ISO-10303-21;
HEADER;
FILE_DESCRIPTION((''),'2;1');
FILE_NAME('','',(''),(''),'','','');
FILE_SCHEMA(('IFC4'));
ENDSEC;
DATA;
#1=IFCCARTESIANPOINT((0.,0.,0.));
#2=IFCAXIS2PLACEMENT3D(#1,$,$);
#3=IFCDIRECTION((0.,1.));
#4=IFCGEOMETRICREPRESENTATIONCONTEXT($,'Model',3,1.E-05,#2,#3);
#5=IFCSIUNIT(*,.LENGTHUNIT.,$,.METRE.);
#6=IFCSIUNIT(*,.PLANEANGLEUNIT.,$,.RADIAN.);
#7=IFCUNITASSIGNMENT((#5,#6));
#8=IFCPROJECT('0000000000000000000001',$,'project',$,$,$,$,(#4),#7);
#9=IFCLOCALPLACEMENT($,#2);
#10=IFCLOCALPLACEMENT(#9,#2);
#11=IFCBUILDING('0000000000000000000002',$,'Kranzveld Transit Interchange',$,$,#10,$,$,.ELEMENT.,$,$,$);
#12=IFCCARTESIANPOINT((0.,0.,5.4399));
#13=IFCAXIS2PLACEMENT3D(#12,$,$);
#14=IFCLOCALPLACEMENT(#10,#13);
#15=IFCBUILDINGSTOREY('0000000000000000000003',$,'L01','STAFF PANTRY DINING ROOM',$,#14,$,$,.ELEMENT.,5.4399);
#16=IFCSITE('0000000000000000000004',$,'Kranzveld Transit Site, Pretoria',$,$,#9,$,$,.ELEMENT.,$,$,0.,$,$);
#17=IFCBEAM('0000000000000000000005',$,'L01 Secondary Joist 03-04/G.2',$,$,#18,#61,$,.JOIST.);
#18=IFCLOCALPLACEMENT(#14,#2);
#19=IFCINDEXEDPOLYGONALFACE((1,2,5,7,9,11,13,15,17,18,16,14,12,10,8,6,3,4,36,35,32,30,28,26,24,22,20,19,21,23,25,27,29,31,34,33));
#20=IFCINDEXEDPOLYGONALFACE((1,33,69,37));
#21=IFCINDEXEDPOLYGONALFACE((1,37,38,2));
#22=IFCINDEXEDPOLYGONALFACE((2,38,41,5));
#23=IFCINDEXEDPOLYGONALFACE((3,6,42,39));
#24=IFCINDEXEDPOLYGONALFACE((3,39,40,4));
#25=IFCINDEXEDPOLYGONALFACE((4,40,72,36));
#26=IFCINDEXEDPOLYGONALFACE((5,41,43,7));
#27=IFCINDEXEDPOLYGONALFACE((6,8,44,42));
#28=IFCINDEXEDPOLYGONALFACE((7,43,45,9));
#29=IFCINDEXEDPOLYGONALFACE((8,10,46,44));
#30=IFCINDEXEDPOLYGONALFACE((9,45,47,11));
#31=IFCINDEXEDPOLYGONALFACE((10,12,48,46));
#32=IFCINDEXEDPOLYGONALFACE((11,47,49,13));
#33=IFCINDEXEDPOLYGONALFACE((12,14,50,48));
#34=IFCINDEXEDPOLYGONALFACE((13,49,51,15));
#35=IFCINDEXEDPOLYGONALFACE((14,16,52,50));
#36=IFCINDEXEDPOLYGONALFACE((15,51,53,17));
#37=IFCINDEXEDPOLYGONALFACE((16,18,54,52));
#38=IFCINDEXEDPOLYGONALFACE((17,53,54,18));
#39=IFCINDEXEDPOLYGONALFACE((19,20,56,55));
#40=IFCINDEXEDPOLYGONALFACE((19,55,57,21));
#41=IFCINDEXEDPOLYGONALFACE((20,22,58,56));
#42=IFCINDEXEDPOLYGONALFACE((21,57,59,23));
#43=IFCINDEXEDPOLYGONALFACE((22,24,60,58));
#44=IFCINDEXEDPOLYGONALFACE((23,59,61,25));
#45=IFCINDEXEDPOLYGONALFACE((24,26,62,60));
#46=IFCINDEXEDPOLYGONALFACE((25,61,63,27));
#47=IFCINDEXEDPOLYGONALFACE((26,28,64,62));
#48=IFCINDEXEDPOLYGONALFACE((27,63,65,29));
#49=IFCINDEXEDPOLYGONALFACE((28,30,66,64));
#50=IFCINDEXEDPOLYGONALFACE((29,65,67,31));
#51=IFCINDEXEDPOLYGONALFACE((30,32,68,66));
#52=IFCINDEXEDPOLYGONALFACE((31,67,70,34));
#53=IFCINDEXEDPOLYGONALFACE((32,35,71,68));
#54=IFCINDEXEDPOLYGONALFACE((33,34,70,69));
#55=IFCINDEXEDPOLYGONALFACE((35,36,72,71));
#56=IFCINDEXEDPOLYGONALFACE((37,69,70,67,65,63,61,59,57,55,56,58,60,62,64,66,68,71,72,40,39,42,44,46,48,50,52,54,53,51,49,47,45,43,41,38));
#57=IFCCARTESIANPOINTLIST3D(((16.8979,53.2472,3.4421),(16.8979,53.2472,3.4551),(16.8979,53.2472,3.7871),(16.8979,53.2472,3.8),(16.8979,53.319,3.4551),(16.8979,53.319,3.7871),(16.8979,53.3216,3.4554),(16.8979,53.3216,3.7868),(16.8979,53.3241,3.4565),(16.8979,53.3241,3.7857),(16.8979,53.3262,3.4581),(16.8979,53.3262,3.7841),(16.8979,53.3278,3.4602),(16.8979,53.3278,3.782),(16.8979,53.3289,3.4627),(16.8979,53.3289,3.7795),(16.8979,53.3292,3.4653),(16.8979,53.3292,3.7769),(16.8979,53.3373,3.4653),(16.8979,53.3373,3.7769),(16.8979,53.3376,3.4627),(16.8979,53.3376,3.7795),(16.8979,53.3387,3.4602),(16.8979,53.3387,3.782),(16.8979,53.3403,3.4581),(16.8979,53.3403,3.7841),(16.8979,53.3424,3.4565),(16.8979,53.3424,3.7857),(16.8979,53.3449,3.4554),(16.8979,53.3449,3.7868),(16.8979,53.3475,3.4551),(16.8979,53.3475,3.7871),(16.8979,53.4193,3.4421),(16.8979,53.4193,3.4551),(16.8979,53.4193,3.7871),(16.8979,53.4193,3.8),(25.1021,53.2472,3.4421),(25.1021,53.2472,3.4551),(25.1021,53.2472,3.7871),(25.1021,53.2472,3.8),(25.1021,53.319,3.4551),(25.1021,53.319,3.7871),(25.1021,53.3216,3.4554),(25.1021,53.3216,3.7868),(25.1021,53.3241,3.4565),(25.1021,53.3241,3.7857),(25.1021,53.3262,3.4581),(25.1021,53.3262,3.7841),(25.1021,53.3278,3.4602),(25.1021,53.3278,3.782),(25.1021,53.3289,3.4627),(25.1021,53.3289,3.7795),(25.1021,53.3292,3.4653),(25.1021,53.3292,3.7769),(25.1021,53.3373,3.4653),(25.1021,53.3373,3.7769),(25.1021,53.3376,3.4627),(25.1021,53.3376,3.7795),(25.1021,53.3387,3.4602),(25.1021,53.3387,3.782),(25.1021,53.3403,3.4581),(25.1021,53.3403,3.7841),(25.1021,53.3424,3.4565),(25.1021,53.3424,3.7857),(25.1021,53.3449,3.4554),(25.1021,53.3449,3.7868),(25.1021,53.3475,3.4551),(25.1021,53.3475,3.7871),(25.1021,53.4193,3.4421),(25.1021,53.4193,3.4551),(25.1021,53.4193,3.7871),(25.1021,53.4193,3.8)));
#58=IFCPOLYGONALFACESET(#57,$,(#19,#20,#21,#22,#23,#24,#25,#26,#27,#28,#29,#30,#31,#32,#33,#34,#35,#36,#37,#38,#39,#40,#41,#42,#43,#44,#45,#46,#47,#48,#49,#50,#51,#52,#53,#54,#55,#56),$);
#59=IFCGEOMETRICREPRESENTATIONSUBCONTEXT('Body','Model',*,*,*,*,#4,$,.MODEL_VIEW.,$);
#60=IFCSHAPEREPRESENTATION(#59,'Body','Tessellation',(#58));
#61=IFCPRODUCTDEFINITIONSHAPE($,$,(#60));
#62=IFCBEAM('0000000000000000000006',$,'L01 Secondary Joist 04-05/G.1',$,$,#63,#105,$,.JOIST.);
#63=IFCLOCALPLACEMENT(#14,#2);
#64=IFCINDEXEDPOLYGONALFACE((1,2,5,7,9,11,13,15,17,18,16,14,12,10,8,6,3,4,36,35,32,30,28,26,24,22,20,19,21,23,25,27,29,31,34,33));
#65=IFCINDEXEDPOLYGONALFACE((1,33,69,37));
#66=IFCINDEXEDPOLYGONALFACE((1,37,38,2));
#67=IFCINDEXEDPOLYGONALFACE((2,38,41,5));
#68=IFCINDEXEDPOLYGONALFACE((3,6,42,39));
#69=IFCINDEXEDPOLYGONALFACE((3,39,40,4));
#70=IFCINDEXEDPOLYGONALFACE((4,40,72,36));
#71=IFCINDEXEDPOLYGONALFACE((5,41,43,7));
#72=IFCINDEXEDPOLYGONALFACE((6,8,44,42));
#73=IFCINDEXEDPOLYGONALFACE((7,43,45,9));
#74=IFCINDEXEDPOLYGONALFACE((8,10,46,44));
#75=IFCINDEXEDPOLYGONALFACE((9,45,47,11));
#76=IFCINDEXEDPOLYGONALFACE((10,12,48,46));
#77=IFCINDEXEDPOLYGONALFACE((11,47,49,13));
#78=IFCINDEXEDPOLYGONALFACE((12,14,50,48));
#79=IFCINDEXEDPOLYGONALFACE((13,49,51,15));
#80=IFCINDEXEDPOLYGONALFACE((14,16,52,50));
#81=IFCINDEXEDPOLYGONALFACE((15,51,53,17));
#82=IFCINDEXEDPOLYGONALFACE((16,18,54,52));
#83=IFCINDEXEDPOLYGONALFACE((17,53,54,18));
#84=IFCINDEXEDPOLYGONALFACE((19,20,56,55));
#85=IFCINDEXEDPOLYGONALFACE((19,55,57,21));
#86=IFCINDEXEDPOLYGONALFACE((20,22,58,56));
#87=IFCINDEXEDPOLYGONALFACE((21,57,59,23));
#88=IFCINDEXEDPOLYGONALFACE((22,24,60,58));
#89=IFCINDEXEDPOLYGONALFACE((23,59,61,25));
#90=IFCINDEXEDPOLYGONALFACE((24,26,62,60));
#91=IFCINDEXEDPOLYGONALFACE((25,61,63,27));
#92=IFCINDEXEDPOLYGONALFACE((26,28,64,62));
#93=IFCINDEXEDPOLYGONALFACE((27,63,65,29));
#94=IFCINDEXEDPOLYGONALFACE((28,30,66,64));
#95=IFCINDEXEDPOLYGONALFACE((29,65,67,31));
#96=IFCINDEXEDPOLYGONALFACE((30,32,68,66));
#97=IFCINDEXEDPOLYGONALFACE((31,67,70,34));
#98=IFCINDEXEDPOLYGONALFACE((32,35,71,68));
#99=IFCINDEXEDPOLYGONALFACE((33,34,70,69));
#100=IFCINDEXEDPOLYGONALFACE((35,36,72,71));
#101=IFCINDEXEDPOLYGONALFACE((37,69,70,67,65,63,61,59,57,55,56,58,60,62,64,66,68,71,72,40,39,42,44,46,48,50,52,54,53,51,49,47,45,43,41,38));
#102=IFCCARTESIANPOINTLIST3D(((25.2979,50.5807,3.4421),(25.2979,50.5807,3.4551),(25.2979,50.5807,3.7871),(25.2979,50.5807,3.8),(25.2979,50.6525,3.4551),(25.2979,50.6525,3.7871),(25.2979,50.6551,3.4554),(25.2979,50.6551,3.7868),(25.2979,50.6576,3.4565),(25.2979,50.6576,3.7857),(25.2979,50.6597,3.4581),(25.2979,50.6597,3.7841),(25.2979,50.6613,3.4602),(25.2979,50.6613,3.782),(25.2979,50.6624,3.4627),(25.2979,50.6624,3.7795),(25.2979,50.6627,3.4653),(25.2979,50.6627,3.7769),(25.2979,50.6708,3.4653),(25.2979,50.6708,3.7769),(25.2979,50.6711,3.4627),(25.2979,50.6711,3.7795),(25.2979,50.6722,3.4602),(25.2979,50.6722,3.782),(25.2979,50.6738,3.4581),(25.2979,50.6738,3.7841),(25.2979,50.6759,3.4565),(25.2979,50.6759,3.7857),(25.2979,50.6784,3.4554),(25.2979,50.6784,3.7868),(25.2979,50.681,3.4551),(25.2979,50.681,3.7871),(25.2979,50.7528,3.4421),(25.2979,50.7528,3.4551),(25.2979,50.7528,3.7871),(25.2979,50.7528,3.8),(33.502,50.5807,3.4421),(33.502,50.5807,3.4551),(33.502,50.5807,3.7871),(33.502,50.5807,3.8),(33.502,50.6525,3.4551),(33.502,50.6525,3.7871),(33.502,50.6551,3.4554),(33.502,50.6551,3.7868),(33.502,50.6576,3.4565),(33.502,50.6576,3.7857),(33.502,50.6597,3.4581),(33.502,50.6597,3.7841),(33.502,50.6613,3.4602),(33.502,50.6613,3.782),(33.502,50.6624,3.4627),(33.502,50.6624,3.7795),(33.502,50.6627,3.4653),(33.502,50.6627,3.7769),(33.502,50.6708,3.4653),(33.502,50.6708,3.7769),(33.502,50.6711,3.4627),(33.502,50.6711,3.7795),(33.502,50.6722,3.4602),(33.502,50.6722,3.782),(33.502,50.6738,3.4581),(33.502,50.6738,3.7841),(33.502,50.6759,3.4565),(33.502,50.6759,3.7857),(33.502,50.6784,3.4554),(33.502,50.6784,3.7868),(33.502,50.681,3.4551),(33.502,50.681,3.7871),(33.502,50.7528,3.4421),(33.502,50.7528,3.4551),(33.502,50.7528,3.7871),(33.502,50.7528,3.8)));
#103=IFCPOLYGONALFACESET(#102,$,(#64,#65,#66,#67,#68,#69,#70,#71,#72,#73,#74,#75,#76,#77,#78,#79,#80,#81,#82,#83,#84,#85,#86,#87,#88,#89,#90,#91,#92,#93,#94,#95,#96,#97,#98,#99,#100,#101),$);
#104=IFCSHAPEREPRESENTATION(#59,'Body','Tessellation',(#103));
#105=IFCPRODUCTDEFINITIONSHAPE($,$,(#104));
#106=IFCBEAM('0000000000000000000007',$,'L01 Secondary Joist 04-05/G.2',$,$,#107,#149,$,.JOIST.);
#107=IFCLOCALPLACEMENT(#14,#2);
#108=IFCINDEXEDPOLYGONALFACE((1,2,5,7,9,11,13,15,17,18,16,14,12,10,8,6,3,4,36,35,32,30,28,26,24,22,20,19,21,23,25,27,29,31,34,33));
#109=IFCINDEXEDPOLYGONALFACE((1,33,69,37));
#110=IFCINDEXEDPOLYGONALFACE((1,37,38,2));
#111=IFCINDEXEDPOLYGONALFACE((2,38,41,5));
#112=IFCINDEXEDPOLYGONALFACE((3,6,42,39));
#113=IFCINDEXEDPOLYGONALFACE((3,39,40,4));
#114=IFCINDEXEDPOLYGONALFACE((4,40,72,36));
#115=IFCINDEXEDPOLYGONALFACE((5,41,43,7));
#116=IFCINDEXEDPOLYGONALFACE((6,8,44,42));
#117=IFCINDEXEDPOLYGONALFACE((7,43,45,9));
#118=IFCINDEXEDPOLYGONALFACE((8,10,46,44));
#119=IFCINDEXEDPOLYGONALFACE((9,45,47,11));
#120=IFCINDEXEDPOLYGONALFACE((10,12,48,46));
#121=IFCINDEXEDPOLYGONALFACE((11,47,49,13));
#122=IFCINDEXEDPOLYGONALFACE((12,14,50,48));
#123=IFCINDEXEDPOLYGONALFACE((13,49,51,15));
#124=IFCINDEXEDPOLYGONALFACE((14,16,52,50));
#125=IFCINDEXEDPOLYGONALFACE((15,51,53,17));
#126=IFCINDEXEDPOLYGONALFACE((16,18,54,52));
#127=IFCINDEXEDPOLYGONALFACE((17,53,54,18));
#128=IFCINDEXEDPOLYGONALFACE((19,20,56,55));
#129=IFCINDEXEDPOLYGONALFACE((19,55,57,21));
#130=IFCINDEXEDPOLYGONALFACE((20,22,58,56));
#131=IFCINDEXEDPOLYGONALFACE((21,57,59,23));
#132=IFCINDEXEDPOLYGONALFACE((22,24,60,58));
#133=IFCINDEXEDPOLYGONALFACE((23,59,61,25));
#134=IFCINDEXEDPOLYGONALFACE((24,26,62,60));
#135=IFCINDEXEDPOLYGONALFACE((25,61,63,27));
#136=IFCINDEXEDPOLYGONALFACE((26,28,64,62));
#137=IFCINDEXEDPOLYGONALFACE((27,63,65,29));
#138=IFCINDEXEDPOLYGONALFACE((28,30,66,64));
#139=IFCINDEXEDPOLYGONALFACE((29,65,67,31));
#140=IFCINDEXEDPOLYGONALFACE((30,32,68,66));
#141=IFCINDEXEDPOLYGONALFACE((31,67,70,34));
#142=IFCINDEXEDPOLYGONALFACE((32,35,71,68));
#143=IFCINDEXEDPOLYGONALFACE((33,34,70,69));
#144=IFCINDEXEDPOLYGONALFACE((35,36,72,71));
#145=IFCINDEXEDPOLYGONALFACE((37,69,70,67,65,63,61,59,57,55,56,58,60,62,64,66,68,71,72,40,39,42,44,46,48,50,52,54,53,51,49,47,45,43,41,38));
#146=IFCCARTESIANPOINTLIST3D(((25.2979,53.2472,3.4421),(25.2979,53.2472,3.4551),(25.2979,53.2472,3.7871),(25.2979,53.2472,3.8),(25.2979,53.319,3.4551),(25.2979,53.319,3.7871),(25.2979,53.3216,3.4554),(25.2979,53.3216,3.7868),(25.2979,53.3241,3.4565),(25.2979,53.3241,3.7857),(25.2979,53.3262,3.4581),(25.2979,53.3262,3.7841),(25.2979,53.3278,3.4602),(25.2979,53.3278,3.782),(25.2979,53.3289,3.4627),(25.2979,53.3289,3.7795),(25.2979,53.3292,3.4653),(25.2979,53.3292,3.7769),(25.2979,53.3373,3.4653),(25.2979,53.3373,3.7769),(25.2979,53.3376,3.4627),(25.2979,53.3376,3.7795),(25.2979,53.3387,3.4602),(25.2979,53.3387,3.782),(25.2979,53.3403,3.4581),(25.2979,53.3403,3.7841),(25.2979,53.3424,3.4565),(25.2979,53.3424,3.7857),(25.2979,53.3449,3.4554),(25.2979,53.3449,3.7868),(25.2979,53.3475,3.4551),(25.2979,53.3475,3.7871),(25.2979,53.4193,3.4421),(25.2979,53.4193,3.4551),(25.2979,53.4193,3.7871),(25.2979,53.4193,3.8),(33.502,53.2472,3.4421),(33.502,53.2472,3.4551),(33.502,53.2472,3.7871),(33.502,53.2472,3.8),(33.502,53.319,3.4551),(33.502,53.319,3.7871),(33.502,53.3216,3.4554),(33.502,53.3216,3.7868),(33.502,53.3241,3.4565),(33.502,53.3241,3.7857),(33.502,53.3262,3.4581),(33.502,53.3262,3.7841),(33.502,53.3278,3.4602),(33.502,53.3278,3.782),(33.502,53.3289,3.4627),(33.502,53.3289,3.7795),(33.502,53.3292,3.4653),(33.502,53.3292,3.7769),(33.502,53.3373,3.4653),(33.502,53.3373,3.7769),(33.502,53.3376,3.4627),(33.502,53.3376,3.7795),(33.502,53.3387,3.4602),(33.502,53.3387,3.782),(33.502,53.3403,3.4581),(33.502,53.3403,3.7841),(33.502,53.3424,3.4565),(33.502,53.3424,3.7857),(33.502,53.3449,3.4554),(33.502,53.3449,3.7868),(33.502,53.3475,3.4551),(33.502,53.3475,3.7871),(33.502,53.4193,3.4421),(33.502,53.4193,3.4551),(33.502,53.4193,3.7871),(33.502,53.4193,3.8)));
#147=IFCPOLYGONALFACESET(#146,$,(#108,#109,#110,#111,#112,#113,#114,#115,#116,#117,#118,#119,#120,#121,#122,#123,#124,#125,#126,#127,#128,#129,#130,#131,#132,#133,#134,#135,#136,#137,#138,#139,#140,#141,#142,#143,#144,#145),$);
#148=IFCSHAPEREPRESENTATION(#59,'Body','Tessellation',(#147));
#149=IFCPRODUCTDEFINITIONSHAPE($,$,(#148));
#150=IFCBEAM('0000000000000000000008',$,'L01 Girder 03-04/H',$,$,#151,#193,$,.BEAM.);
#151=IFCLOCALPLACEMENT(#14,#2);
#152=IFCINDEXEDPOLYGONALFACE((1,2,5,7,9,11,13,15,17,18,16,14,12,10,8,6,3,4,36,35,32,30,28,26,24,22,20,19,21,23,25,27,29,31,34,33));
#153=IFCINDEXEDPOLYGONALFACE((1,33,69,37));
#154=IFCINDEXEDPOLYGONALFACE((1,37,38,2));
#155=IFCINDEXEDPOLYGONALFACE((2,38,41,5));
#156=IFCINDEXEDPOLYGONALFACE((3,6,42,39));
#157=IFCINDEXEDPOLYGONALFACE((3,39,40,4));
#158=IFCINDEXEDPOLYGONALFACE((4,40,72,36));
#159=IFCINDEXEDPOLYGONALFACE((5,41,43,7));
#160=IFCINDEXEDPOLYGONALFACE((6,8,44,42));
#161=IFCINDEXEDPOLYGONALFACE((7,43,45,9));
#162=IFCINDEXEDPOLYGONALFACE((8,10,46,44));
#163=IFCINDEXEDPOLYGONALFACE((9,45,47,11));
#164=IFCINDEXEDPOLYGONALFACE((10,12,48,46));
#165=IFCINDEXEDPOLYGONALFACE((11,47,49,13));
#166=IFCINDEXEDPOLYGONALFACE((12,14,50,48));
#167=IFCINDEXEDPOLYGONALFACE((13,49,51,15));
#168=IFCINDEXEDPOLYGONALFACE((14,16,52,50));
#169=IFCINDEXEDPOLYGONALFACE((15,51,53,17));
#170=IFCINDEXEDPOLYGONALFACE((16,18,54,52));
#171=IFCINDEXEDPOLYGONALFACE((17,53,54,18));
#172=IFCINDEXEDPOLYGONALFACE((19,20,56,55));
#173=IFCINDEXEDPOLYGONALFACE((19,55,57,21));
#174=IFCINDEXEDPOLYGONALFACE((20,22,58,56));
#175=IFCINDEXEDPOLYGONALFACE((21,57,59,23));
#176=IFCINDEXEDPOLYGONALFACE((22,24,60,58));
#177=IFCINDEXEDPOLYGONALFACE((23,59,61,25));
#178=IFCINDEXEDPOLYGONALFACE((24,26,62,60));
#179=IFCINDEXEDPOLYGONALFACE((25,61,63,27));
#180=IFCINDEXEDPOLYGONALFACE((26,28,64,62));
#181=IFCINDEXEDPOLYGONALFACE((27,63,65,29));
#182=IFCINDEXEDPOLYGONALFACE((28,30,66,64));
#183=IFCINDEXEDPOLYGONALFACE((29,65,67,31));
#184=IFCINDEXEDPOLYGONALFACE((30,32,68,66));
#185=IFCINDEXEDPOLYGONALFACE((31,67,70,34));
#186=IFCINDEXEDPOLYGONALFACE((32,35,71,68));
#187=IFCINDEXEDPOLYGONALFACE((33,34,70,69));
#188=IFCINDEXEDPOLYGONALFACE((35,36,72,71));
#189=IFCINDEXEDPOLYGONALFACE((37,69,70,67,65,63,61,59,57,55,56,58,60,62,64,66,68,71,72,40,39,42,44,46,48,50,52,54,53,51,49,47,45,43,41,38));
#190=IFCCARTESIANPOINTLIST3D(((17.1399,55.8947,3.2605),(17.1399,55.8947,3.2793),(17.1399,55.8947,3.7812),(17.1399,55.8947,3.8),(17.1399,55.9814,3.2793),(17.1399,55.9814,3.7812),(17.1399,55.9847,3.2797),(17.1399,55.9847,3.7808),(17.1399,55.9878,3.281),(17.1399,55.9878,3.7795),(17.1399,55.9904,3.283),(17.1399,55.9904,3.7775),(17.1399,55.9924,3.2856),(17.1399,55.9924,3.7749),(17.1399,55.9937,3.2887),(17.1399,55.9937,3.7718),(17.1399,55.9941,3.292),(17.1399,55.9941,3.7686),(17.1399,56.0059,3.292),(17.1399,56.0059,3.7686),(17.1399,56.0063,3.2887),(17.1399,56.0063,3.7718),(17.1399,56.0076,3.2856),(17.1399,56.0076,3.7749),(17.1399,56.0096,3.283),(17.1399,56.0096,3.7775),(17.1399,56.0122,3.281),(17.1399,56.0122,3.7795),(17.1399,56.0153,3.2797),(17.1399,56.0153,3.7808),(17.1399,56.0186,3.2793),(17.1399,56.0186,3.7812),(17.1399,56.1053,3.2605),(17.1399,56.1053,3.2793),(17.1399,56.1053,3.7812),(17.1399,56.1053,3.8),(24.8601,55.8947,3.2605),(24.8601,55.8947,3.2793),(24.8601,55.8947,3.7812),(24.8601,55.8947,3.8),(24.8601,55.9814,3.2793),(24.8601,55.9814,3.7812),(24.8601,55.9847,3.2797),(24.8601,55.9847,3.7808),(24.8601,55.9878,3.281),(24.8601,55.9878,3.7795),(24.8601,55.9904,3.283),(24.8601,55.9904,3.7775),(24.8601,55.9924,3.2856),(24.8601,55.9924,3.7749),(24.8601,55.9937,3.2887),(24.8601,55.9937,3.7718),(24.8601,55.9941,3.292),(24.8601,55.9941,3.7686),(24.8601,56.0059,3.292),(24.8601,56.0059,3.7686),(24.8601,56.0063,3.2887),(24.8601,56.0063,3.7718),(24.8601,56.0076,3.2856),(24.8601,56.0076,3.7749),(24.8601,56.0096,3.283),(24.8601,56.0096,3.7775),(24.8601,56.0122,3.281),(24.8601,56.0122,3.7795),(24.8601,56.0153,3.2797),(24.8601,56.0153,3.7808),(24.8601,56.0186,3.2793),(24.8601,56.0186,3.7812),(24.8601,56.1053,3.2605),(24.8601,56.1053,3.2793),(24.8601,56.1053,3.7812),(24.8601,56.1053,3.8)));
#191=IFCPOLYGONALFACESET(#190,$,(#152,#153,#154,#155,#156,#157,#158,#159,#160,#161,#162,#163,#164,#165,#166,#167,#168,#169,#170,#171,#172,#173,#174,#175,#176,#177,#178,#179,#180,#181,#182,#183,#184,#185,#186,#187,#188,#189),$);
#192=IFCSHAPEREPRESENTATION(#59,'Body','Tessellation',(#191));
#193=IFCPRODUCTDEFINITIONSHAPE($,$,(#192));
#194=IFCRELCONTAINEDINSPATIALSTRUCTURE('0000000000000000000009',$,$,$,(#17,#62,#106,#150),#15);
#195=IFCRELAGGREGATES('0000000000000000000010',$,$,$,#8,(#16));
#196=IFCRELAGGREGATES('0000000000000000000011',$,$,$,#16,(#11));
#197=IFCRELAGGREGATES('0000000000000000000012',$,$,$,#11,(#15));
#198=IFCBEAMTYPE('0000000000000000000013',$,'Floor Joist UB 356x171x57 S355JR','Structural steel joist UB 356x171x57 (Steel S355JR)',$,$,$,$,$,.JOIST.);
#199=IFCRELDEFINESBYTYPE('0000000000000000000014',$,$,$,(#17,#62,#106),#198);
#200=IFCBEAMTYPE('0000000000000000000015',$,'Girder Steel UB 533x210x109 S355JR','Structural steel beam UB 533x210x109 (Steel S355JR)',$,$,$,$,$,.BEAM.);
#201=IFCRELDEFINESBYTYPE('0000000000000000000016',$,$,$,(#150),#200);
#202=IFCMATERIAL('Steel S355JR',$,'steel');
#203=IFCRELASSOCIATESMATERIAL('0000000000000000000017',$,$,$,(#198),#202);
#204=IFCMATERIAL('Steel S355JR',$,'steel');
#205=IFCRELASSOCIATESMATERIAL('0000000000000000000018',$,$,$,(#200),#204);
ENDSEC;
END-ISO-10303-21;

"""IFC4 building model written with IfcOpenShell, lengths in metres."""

from ifc_helpers import new_model, si_unit, direction, frame, origin, origin_2d, place, context, subcontext, project, spatial, i_section, extrude, material, material_profile, profile_set, type_object, element, save


model = new_model("IFC4")

# Units and contexts
model_context = context("Model", 3, precision=1e-05, world=origin(), true_north=direction((0.0, 1.0)))
body_context = subcontext(model_context, "Body", "Model", "MODEL_VIEW")
ifc_project = project(units=[si_unit("LENGTHUNIT", "METRE"), si_unit("PLANEANGLEUNIT", "RADIAN")], contexts=[model_context])

# Site, building, storey
site_placement = place(None, origin())
site = spatial("IfcSite", under=ifc_project, at=site_placement, Name="Kranzveld Transit Site, Pretoria", CompositionType="ELEMENT", RefElevation=0.0)
building_placement = place(site_placement, origin())
building = spatial("IfcBuilding", under=site, at=building_placement, Name="Kranzveld Transit Interchange", CompositionType="ELEMENT")
storey_placement = place(building_placement, frame((0.0, 0.0, 5.4399)))
storey = spatial("IfcBuildingStorey", under=building, at=storey_placement, Name="L01", Description="STAFF PANTRY DINING ROOM", CompositionType="ELEMENT", Elevation=5.4399)

# Beams
ifc_material_1 = material(Name="Steel S355JR", Category="steel")
ifc_material_profile_1 = material_profile(ifc_material_1, i_section(OverallWidth=0.1721, OverallDepth=0.3579, WebThickness=0.0081, FlangeThickness=0.0129, FilletRadius=0.0103, at=origin_2d()), Name="UB 356x171x57")
ifc_profile_set_1 = profile_set([ifc_material_profile_1], Name="Steel S355JR")
beam_type_1 = type_object("IfcBeamType", Name="Floor Joist UB 356x171x57 S355JR", Description="Structural steel joist UB 356x171x57 (Steel S355JR)", PredefinedType="JOIST", material=ifc_profile_set_1)
for number, where, z_axis, x_axis, name in (
    (1, (16.8979, 53.3333, 3.6211), (1.0, 0.0, 0.0), (0.0, 1.0, 0.0), "L01 Secondary Joist 03-04/G.2"),
    (2, (25.2979, 50.6667, 3.6211), (1.0, 0.0, 0.0), (0.0, 1.0, 0.0), "L01 Secondary Joist 04-05/G.1"),
    (3, (25.2979, 53.3333, 3.6211), (1.0, 0.0, 0.0), (0.0, 1.0, 0.0), "L01 Secondary Joist 04-05/G.2"),
):
    element("IfcBeam", number, at=place(storey_placement, frame(where, z_axis=z_axis, x_axis=x_axis)), inside=storey, type_object=beam_type_1, Name=name, PredefinedType="JOIST", context=body_context, shape_type="SweptSolid", body=[
        extrude(i_section(OverallWidth=0.1721, OverallDepth=0.3579, WebThickness=0.0081, FlangeThickness=0.0129, FilletRadius=0.0103, at=origin_2d()), origin(), (0.0, 0.0, 1.0), 8.2041),
    ])
ifc_material_2 = material(Name="Steel S355JR", Category="steel")
ifc_material_profile_2 = material_profile(ifc_material_2, i_section(OverallWidth=0.2107, OverallDepth=0.5396, WebThickness=0.0117, FlangeThickness=0.0188, FilletRadius=0.0127, at=origin_2d()), Name="UB 533x210x109")
ifc_profile_set_2 = profile_set([ifc_material_profile_2], Name="Steel S355JR")
beam_type_2 = type_object("IfcBeamType", Name="Girder Steel UB 533x210x109 S355JR", Description="Structural steel beam UB 533x210x109 (Steel S355JR)", PredefinedType="BEAM", material=ifc_profile_set_2)
beam_1_placement = place(storey_placement, frame((17.1399, 56.0, 3.5303), z_axis=(1.0, 0.0, 0.0), x_axis=(0.0, 1.0, 0.0)))
element("IfcBeam", 4, at=beam_1_placement, inside=storey, type_object=beam_type_2, Name="L01 Girder 03-04/H", PredefinedType="BEAM", context=body_context, shape_type="SweptSolid", body=[
    extrude(i_section(OverallWidth=0.2107, OverallDepth=0.5396, WebThickness=0.0117, FlangeThickness=0.0188, FilletRadius=0.0127, at=origin_2d()), origin(), (0.0, 0.0, 1.0), 7.7202),
])

save(model, "model.ifc")
